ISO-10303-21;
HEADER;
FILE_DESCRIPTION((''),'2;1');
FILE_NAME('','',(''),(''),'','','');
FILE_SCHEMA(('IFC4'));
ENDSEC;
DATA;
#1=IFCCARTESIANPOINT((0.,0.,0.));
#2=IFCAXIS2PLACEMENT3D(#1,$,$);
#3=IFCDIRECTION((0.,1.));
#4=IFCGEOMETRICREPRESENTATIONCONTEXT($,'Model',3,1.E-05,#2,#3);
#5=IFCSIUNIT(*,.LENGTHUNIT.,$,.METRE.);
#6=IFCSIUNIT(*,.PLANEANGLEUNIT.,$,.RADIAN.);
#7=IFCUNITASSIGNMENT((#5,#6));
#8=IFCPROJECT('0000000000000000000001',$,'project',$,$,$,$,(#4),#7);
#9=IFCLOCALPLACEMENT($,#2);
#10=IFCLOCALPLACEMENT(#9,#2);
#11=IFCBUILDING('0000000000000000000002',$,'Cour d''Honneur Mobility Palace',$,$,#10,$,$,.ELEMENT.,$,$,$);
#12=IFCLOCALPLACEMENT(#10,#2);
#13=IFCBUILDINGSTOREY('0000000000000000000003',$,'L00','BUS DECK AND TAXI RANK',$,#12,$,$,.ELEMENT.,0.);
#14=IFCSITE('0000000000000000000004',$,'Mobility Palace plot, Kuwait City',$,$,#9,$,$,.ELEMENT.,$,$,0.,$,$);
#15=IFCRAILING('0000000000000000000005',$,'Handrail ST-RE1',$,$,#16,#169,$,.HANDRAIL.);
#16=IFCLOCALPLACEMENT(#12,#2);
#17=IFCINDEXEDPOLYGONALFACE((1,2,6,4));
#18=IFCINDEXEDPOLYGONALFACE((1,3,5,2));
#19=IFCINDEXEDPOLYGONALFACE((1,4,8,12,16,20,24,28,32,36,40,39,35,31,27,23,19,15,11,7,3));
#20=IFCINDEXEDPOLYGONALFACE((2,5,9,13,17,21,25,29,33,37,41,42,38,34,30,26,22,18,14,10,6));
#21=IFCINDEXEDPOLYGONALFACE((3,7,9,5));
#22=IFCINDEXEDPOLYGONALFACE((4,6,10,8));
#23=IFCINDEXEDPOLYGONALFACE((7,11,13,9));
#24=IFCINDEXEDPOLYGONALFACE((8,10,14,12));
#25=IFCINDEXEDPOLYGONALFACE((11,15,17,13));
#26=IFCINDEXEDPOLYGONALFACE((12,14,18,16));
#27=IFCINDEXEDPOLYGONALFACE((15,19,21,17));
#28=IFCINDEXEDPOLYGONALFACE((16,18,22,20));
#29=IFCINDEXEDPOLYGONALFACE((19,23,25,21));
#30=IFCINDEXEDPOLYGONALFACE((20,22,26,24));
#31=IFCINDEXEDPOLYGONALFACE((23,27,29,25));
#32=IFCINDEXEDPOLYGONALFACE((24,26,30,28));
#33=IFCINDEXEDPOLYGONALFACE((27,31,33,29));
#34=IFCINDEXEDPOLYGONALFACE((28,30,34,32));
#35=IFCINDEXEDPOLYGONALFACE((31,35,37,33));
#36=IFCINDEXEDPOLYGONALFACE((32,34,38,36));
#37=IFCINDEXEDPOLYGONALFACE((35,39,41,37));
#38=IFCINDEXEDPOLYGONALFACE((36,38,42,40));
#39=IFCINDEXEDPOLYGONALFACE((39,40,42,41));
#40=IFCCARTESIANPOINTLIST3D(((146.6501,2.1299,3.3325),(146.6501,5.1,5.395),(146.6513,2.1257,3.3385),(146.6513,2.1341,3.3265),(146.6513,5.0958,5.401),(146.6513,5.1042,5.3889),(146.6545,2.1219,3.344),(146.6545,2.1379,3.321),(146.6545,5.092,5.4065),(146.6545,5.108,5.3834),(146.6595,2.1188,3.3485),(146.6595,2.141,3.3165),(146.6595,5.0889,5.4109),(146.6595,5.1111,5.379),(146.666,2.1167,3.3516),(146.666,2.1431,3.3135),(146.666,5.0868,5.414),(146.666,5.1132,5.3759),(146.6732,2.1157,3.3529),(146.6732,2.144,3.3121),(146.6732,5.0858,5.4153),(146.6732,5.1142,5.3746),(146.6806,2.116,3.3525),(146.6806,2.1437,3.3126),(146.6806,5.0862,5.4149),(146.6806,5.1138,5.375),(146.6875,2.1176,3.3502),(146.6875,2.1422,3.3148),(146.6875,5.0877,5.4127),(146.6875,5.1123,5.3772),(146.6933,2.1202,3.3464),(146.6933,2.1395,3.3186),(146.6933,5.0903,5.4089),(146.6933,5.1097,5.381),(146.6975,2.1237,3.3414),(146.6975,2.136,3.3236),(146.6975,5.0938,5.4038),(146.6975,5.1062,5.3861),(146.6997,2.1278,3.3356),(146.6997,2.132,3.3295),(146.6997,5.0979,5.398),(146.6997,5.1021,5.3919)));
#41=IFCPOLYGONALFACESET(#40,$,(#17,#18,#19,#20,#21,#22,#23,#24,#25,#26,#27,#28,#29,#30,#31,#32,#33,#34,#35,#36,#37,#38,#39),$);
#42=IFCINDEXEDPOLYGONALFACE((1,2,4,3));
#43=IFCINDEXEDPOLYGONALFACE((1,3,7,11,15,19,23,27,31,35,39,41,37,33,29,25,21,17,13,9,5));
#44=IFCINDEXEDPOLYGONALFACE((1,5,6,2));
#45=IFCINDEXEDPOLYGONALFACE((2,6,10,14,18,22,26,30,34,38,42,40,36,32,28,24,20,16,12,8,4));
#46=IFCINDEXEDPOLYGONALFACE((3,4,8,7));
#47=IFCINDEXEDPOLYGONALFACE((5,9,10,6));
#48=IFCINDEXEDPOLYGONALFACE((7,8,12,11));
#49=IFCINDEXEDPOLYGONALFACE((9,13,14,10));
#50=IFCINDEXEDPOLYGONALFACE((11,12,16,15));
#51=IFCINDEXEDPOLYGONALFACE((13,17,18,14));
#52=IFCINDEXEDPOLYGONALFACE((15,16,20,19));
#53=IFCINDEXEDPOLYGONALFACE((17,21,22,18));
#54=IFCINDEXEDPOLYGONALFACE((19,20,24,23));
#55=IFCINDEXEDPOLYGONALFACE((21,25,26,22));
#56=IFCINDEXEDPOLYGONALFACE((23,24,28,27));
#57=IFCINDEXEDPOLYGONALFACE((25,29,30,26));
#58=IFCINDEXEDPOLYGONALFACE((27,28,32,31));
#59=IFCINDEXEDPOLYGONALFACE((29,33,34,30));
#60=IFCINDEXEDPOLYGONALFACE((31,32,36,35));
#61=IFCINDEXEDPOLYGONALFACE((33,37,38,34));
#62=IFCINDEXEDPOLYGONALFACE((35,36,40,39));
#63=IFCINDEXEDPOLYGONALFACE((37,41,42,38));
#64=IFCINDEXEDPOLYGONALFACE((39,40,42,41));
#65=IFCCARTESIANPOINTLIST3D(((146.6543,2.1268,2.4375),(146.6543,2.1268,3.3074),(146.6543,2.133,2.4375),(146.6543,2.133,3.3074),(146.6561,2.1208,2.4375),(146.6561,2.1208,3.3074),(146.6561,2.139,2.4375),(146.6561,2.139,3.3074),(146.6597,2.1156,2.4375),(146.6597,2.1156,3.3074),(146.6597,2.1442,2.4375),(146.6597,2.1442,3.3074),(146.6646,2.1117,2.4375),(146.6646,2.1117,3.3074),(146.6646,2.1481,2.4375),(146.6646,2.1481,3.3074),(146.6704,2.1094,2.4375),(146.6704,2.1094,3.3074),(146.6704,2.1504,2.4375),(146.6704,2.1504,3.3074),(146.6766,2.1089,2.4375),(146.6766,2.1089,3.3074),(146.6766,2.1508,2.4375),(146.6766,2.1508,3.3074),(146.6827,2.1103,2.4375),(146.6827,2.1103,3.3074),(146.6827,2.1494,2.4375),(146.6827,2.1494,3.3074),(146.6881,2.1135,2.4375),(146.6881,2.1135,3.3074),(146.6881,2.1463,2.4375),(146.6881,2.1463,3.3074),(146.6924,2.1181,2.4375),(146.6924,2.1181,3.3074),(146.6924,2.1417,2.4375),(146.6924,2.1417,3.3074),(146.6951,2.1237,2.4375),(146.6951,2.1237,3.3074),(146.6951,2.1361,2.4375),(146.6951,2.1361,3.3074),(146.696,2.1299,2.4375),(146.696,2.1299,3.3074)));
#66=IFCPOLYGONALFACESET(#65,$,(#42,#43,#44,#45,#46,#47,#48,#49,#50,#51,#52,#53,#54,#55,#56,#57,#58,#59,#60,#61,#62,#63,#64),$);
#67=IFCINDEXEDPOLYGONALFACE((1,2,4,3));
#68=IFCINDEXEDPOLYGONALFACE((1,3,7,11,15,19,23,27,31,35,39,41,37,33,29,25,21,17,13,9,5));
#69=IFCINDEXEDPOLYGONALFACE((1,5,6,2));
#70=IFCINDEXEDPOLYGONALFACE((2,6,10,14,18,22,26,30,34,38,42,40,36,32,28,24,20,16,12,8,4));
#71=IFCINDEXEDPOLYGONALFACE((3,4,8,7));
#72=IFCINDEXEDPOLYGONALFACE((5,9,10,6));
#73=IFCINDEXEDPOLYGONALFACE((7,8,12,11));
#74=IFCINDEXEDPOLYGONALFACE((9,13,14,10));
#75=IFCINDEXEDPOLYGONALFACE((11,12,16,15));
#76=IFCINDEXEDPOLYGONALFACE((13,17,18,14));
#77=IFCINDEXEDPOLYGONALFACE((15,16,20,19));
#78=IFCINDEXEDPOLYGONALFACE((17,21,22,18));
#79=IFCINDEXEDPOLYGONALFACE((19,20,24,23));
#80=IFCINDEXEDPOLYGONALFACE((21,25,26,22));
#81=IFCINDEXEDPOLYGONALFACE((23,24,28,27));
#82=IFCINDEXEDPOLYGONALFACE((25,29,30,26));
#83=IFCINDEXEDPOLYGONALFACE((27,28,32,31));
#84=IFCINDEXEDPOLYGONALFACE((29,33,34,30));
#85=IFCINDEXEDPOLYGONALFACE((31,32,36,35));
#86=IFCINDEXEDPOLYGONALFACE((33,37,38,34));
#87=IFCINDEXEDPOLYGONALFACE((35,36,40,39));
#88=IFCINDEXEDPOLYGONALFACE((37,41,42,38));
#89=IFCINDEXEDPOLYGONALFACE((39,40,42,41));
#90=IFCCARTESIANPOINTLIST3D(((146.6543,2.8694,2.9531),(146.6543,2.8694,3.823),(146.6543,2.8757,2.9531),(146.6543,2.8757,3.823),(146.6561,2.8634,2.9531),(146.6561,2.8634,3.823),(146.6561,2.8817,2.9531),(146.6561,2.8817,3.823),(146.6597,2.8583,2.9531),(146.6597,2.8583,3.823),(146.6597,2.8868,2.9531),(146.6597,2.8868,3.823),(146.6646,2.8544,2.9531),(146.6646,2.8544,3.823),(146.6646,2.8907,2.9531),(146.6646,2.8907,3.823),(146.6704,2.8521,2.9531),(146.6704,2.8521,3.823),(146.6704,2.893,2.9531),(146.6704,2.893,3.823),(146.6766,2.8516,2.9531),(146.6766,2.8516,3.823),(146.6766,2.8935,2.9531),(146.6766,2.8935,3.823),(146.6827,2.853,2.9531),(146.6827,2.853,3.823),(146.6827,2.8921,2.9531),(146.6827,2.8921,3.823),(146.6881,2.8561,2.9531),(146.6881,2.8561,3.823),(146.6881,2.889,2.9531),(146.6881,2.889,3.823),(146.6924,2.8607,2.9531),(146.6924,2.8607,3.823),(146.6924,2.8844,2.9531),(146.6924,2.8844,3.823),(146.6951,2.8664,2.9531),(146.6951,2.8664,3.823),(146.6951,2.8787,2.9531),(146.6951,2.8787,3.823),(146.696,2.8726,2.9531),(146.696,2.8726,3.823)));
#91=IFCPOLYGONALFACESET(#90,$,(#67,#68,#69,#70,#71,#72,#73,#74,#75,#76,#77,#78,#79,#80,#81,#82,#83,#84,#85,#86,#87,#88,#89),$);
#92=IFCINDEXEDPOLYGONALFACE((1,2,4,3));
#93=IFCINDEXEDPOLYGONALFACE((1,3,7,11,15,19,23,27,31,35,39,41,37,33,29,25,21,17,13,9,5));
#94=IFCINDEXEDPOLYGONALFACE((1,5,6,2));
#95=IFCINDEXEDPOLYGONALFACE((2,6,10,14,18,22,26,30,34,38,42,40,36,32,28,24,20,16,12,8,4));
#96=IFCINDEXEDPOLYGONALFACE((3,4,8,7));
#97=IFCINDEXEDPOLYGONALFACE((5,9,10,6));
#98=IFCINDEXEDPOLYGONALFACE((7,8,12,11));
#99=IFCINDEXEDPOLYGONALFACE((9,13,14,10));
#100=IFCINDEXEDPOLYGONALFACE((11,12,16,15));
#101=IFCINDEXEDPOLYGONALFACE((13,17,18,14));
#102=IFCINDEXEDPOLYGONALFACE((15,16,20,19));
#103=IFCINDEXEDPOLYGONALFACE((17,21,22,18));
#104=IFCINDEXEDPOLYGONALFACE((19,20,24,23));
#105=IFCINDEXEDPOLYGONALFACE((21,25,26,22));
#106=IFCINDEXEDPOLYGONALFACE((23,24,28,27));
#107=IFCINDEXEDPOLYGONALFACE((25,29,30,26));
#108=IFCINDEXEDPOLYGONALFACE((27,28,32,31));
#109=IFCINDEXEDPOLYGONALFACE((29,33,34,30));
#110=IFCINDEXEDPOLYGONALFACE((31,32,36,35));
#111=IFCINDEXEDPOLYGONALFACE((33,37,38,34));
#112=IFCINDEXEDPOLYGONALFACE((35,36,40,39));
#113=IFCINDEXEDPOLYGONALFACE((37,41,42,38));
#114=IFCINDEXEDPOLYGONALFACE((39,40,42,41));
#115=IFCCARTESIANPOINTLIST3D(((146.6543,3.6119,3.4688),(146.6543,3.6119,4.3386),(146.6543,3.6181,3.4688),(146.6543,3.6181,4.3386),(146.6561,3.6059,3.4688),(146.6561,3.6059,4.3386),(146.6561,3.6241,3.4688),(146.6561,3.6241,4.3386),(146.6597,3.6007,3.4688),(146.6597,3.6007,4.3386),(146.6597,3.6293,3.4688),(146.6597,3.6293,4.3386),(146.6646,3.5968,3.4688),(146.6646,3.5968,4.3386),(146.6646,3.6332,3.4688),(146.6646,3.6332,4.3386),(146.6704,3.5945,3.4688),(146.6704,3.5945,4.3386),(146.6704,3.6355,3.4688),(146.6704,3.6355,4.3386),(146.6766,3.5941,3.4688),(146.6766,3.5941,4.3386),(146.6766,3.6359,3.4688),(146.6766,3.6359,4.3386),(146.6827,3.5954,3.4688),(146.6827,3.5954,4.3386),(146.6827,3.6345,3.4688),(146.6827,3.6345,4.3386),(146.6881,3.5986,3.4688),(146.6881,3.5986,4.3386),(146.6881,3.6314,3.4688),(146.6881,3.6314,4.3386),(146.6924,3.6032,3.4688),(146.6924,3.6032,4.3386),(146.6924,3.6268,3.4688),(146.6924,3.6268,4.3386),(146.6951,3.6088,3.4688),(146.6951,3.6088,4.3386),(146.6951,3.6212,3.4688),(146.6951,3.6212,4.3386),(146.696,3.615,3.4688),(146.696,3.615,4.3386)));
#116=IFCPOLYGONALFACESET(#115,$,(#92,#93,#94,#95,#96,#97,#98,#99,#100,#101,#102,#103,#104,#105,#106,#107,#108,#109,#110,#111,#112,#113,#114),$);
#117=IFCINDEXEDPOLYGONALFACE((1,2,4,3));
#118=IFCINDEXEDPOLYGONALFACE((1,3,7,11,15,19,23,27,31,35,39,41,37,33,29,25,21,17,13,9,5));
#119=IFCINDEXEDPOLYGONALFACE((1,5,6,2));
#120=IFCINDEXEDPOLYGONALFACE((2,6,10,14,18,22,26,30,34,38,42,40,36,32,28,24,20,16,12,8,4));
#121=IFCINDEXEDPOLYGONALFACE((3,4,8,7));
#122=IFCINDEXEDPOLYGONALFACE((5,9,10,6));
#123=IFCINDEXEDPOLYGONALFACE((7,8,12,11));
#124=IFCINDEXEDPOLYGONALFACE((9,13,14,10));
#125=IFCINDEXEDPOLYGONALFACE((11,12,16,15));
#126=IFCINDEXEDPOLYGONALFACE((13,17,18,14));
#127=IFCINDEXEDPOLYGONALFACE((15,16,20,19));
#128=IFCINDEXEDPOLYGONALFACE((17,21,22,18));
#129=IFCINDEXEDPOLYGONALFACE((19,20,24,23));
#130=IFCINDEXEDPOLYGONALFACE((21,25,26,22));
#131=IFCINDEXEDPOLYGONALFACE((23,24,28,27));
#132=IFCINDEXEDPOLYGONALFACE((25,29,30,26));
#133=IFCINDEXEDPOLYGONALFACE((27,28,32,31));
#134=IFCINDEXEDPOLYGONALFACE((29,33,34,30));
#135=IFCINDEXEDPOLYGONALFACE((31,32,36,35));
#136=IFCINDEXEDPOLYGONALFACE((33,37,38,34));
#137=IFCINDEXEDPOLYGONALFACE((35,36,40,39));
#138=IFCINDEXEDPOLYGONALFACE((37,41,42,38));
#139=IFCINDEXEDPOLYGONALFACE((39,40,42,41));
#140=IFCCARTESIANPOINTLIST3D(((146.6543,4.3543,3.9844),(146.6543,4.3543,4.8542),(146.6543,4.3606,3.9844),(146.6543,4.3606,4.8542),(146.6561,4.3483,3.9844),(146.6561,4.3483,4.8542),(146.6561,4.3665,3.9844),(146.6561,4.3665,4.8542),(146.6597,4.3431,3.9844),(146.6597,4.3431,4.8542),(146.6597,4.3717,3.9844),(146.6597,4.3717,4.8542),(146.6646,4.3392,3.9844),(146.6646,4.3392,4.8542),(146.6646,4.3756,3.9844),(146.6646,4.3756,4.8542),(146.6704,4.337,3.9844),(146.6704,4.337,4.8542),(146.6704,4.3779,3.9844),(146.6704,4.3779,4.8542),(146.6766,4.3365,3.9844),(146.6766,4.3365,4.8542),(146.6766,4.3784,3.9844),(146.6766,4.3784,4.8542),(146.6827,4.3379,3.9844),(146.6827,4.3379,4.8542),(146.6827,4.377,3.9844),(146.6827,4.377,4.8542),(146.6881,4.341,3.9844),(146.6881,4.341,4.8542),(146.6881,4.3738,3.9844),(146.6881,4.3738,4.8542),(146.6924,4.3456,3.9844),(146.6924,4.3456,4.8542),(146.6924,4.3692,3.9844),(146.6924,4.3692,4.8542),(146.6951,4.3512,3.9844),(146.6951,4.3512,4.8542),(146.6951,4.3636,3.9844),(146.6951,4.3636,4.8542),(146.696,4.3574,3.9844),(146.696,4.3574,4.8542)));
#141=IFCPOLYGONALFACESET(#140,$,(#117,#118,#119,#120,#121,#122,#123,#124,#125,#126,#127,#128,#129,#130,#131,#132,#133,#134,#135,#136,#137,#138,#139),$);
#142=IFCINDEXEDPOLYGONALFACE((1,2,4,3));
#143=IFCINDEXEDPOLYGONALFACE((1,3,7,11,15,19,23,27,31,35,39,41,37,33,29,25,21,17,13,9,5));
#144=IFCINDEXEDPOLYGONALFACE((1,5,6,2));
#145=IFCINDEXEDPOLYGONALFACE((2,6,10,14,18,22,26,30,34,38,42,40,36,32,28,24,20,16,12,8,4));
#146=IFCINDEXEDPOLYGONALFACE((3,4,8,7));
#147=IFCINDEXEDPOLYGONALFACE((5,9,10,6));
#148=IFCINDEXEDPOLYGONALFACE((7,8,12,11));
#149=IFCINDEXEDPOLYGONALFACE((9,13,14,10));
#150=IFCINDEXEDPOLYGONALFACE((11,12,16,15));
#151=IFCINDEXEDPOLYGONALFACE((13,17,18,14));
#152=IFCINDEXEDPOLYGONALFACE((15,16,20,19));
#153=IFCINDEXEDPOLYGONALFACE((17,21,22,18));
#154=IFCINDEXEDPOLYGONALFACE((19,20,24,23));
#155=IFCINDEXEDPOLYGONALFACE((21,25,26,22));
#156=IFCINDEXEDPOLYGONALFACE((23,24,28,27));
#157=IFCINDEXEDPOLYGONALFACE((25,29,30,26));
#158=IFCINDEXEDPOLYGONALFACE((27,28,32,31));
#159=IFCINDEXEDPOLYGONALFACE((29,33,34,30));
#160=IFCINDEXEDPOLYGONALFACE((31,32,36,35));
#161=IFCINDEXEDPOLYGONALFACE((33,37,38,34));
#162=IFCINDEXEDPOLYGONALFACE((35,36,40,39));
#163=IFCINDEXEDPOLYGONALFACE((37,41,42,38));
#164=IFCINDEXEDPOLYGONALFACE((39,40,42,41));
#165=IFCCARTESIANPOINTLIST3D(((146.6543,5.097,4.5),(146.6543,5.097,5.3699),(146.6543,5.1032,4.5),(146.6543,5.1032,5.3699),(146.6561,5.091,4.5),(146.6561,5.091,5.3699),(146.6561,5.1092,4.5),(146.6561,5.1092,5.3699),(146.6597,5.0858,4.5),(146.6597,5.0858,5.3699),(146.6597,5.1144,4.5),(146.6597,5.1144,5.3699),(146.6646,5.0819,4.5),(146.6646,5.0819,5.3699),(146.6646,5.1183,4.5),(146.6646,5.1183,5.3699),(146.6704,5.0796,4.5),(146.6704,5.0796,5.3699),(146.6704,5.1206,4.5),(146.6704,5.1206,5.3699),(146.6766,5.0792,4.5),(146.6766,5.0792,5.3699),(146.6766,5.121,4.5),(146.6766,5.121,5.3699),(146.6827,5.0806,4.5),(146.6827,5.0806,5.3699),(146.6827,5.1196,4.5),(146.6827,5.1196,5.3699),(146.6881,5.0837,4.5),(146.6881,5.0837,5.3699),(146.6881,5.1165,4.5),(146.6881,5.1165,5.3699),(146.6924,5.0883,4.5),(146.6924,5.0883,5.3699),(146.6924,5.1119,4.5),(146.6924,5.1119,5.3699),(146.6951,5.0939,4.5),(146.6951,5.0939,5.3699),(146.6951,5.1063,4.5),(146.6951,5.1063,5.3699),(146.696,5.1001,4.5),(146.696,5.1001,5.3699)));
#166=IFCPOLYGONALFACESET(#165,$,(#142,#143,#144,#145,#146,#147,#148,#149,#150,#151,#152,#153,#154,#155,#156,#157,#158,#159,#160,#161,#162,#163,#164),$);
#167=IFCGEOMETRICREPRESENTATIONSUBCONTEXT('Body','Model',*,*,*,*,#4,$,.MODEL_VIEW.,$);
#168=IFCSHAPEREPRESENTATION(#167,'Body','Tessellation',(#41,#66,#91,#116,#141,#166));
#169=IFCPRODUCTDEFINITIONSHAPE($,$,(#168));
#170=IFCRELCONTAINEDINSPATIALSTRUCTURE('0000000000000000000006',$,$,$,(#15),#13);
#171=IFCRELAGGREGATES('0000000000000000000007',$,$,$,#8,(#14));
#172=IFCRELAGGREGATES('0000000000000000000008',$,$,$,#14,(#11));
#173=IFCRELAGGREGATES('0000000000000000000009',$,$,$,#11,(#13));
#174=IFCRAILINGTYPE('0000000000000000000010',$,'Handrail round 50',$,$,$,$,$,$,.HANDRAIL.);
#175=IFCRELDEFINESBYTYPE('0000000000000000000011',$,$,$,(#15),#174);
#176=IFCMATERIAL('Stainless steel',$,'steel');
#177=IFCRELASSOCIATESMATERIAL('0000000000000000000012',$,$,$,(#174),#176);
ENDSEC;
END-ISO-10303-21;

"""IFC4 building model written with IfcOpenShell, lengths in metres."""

from ifc_helpers import new_model, si_unit, direction, frame, origin, origin_2d, place, context, subcontext, project, spatial, circle, extrude, material, type_object, element, save


model = new_model("IFC4")

# Units and contexts
model_context = context("Model", 3, precision=1e-05, world=origin(), true_north=direction((0.0, 1.0)))
body_context = subcontext(model_context, "Body", "Model", "MODEL_VIEW")
ifc_project = project(units=[si_unit("LENGTHUNIT", "METRE"), si_unit("PLANEANGLEUNIT", "RADIAN")], contexts=[model_context])

# Site, building, storey
site_placement = place(None, origin())
site = spatial("IfcSite", under=ifc_project, at=site_placement, Name="Mobility Palace plot, Kuwait City", CompositionType="ELEMENT", RefElevation=0.0)
building_placement = place(site_placement, origin())
building = spatial("IfcBuilding", under=site, at=building_placement, Name="Cour d'Honneur Mobility Palace", CompositionType="ELEMENT")
storey_placement = place(building_placement, origin())
storey = spatial("IfcBuildingStorey", under=building, at=storey_placement, Name="L00", Description="BUS DECK AND TAXI RANK", CompositionType="ELEMENT", Elevation=0.0)

# Railing
ifc_material_1 = material(Name="Stainless steel", Category="steel")
railing_type_1 = type_object("IfcRailingType", Name="Handrail round 50", PredefinedType="HANDRAIL", material=ifc_material_1)
for number, where, name in (
    (1, (146.675, 2.1299, 2.4375), "Handrail ST-RE1"),
):
    element("IfcRailing", number, at=place(storey_placement, frame(where)), inside=storey, type_object=railing_type_1, Name=name, PredefinedType="HANDRAIL", context=body_context, shape_type="SweptSolid", body=[
        extrude(circle(Radius=0.0249, at=origin_2d()), frame((0.0, 0.0, 0.895), z_axis=(0.0, 0.821389, 0.570368), x_axis=(-1.0, 0.0, 0.0)), (0.0, 0.0, 1.0), 3.616),
        extrude(circle(Radius=0.021, at=origin_2d()), origin(), (0.0, 0.0, 1.0), 0.8699),
        extrude(circle(Radius=0.021, at=origin_2d()), frame((0.0, 0.7427, 0.5156)), (0.0, 0.0, 1.0), 0.8699),
        extrude(circle(Radius=0.021, at=origin_2d()), frame((0.0, 1.4851, 1.0312)), (0.0, 0.0, 1.0), 0.8699),
        extrude(circle(Radius=0.021, at=origin_2d()), frame((0.0, 2.2275, 1.5469)), (0.0, 0.0, 1.0), 0.8699),
        extrude(circle(Radius=0.021, at=origin_2d()), frame((0.0, 2.9702, 2.0625)), (0.0, 0.0, 1.0), 0.8699),
    ])

save(model, "model.ifc")
